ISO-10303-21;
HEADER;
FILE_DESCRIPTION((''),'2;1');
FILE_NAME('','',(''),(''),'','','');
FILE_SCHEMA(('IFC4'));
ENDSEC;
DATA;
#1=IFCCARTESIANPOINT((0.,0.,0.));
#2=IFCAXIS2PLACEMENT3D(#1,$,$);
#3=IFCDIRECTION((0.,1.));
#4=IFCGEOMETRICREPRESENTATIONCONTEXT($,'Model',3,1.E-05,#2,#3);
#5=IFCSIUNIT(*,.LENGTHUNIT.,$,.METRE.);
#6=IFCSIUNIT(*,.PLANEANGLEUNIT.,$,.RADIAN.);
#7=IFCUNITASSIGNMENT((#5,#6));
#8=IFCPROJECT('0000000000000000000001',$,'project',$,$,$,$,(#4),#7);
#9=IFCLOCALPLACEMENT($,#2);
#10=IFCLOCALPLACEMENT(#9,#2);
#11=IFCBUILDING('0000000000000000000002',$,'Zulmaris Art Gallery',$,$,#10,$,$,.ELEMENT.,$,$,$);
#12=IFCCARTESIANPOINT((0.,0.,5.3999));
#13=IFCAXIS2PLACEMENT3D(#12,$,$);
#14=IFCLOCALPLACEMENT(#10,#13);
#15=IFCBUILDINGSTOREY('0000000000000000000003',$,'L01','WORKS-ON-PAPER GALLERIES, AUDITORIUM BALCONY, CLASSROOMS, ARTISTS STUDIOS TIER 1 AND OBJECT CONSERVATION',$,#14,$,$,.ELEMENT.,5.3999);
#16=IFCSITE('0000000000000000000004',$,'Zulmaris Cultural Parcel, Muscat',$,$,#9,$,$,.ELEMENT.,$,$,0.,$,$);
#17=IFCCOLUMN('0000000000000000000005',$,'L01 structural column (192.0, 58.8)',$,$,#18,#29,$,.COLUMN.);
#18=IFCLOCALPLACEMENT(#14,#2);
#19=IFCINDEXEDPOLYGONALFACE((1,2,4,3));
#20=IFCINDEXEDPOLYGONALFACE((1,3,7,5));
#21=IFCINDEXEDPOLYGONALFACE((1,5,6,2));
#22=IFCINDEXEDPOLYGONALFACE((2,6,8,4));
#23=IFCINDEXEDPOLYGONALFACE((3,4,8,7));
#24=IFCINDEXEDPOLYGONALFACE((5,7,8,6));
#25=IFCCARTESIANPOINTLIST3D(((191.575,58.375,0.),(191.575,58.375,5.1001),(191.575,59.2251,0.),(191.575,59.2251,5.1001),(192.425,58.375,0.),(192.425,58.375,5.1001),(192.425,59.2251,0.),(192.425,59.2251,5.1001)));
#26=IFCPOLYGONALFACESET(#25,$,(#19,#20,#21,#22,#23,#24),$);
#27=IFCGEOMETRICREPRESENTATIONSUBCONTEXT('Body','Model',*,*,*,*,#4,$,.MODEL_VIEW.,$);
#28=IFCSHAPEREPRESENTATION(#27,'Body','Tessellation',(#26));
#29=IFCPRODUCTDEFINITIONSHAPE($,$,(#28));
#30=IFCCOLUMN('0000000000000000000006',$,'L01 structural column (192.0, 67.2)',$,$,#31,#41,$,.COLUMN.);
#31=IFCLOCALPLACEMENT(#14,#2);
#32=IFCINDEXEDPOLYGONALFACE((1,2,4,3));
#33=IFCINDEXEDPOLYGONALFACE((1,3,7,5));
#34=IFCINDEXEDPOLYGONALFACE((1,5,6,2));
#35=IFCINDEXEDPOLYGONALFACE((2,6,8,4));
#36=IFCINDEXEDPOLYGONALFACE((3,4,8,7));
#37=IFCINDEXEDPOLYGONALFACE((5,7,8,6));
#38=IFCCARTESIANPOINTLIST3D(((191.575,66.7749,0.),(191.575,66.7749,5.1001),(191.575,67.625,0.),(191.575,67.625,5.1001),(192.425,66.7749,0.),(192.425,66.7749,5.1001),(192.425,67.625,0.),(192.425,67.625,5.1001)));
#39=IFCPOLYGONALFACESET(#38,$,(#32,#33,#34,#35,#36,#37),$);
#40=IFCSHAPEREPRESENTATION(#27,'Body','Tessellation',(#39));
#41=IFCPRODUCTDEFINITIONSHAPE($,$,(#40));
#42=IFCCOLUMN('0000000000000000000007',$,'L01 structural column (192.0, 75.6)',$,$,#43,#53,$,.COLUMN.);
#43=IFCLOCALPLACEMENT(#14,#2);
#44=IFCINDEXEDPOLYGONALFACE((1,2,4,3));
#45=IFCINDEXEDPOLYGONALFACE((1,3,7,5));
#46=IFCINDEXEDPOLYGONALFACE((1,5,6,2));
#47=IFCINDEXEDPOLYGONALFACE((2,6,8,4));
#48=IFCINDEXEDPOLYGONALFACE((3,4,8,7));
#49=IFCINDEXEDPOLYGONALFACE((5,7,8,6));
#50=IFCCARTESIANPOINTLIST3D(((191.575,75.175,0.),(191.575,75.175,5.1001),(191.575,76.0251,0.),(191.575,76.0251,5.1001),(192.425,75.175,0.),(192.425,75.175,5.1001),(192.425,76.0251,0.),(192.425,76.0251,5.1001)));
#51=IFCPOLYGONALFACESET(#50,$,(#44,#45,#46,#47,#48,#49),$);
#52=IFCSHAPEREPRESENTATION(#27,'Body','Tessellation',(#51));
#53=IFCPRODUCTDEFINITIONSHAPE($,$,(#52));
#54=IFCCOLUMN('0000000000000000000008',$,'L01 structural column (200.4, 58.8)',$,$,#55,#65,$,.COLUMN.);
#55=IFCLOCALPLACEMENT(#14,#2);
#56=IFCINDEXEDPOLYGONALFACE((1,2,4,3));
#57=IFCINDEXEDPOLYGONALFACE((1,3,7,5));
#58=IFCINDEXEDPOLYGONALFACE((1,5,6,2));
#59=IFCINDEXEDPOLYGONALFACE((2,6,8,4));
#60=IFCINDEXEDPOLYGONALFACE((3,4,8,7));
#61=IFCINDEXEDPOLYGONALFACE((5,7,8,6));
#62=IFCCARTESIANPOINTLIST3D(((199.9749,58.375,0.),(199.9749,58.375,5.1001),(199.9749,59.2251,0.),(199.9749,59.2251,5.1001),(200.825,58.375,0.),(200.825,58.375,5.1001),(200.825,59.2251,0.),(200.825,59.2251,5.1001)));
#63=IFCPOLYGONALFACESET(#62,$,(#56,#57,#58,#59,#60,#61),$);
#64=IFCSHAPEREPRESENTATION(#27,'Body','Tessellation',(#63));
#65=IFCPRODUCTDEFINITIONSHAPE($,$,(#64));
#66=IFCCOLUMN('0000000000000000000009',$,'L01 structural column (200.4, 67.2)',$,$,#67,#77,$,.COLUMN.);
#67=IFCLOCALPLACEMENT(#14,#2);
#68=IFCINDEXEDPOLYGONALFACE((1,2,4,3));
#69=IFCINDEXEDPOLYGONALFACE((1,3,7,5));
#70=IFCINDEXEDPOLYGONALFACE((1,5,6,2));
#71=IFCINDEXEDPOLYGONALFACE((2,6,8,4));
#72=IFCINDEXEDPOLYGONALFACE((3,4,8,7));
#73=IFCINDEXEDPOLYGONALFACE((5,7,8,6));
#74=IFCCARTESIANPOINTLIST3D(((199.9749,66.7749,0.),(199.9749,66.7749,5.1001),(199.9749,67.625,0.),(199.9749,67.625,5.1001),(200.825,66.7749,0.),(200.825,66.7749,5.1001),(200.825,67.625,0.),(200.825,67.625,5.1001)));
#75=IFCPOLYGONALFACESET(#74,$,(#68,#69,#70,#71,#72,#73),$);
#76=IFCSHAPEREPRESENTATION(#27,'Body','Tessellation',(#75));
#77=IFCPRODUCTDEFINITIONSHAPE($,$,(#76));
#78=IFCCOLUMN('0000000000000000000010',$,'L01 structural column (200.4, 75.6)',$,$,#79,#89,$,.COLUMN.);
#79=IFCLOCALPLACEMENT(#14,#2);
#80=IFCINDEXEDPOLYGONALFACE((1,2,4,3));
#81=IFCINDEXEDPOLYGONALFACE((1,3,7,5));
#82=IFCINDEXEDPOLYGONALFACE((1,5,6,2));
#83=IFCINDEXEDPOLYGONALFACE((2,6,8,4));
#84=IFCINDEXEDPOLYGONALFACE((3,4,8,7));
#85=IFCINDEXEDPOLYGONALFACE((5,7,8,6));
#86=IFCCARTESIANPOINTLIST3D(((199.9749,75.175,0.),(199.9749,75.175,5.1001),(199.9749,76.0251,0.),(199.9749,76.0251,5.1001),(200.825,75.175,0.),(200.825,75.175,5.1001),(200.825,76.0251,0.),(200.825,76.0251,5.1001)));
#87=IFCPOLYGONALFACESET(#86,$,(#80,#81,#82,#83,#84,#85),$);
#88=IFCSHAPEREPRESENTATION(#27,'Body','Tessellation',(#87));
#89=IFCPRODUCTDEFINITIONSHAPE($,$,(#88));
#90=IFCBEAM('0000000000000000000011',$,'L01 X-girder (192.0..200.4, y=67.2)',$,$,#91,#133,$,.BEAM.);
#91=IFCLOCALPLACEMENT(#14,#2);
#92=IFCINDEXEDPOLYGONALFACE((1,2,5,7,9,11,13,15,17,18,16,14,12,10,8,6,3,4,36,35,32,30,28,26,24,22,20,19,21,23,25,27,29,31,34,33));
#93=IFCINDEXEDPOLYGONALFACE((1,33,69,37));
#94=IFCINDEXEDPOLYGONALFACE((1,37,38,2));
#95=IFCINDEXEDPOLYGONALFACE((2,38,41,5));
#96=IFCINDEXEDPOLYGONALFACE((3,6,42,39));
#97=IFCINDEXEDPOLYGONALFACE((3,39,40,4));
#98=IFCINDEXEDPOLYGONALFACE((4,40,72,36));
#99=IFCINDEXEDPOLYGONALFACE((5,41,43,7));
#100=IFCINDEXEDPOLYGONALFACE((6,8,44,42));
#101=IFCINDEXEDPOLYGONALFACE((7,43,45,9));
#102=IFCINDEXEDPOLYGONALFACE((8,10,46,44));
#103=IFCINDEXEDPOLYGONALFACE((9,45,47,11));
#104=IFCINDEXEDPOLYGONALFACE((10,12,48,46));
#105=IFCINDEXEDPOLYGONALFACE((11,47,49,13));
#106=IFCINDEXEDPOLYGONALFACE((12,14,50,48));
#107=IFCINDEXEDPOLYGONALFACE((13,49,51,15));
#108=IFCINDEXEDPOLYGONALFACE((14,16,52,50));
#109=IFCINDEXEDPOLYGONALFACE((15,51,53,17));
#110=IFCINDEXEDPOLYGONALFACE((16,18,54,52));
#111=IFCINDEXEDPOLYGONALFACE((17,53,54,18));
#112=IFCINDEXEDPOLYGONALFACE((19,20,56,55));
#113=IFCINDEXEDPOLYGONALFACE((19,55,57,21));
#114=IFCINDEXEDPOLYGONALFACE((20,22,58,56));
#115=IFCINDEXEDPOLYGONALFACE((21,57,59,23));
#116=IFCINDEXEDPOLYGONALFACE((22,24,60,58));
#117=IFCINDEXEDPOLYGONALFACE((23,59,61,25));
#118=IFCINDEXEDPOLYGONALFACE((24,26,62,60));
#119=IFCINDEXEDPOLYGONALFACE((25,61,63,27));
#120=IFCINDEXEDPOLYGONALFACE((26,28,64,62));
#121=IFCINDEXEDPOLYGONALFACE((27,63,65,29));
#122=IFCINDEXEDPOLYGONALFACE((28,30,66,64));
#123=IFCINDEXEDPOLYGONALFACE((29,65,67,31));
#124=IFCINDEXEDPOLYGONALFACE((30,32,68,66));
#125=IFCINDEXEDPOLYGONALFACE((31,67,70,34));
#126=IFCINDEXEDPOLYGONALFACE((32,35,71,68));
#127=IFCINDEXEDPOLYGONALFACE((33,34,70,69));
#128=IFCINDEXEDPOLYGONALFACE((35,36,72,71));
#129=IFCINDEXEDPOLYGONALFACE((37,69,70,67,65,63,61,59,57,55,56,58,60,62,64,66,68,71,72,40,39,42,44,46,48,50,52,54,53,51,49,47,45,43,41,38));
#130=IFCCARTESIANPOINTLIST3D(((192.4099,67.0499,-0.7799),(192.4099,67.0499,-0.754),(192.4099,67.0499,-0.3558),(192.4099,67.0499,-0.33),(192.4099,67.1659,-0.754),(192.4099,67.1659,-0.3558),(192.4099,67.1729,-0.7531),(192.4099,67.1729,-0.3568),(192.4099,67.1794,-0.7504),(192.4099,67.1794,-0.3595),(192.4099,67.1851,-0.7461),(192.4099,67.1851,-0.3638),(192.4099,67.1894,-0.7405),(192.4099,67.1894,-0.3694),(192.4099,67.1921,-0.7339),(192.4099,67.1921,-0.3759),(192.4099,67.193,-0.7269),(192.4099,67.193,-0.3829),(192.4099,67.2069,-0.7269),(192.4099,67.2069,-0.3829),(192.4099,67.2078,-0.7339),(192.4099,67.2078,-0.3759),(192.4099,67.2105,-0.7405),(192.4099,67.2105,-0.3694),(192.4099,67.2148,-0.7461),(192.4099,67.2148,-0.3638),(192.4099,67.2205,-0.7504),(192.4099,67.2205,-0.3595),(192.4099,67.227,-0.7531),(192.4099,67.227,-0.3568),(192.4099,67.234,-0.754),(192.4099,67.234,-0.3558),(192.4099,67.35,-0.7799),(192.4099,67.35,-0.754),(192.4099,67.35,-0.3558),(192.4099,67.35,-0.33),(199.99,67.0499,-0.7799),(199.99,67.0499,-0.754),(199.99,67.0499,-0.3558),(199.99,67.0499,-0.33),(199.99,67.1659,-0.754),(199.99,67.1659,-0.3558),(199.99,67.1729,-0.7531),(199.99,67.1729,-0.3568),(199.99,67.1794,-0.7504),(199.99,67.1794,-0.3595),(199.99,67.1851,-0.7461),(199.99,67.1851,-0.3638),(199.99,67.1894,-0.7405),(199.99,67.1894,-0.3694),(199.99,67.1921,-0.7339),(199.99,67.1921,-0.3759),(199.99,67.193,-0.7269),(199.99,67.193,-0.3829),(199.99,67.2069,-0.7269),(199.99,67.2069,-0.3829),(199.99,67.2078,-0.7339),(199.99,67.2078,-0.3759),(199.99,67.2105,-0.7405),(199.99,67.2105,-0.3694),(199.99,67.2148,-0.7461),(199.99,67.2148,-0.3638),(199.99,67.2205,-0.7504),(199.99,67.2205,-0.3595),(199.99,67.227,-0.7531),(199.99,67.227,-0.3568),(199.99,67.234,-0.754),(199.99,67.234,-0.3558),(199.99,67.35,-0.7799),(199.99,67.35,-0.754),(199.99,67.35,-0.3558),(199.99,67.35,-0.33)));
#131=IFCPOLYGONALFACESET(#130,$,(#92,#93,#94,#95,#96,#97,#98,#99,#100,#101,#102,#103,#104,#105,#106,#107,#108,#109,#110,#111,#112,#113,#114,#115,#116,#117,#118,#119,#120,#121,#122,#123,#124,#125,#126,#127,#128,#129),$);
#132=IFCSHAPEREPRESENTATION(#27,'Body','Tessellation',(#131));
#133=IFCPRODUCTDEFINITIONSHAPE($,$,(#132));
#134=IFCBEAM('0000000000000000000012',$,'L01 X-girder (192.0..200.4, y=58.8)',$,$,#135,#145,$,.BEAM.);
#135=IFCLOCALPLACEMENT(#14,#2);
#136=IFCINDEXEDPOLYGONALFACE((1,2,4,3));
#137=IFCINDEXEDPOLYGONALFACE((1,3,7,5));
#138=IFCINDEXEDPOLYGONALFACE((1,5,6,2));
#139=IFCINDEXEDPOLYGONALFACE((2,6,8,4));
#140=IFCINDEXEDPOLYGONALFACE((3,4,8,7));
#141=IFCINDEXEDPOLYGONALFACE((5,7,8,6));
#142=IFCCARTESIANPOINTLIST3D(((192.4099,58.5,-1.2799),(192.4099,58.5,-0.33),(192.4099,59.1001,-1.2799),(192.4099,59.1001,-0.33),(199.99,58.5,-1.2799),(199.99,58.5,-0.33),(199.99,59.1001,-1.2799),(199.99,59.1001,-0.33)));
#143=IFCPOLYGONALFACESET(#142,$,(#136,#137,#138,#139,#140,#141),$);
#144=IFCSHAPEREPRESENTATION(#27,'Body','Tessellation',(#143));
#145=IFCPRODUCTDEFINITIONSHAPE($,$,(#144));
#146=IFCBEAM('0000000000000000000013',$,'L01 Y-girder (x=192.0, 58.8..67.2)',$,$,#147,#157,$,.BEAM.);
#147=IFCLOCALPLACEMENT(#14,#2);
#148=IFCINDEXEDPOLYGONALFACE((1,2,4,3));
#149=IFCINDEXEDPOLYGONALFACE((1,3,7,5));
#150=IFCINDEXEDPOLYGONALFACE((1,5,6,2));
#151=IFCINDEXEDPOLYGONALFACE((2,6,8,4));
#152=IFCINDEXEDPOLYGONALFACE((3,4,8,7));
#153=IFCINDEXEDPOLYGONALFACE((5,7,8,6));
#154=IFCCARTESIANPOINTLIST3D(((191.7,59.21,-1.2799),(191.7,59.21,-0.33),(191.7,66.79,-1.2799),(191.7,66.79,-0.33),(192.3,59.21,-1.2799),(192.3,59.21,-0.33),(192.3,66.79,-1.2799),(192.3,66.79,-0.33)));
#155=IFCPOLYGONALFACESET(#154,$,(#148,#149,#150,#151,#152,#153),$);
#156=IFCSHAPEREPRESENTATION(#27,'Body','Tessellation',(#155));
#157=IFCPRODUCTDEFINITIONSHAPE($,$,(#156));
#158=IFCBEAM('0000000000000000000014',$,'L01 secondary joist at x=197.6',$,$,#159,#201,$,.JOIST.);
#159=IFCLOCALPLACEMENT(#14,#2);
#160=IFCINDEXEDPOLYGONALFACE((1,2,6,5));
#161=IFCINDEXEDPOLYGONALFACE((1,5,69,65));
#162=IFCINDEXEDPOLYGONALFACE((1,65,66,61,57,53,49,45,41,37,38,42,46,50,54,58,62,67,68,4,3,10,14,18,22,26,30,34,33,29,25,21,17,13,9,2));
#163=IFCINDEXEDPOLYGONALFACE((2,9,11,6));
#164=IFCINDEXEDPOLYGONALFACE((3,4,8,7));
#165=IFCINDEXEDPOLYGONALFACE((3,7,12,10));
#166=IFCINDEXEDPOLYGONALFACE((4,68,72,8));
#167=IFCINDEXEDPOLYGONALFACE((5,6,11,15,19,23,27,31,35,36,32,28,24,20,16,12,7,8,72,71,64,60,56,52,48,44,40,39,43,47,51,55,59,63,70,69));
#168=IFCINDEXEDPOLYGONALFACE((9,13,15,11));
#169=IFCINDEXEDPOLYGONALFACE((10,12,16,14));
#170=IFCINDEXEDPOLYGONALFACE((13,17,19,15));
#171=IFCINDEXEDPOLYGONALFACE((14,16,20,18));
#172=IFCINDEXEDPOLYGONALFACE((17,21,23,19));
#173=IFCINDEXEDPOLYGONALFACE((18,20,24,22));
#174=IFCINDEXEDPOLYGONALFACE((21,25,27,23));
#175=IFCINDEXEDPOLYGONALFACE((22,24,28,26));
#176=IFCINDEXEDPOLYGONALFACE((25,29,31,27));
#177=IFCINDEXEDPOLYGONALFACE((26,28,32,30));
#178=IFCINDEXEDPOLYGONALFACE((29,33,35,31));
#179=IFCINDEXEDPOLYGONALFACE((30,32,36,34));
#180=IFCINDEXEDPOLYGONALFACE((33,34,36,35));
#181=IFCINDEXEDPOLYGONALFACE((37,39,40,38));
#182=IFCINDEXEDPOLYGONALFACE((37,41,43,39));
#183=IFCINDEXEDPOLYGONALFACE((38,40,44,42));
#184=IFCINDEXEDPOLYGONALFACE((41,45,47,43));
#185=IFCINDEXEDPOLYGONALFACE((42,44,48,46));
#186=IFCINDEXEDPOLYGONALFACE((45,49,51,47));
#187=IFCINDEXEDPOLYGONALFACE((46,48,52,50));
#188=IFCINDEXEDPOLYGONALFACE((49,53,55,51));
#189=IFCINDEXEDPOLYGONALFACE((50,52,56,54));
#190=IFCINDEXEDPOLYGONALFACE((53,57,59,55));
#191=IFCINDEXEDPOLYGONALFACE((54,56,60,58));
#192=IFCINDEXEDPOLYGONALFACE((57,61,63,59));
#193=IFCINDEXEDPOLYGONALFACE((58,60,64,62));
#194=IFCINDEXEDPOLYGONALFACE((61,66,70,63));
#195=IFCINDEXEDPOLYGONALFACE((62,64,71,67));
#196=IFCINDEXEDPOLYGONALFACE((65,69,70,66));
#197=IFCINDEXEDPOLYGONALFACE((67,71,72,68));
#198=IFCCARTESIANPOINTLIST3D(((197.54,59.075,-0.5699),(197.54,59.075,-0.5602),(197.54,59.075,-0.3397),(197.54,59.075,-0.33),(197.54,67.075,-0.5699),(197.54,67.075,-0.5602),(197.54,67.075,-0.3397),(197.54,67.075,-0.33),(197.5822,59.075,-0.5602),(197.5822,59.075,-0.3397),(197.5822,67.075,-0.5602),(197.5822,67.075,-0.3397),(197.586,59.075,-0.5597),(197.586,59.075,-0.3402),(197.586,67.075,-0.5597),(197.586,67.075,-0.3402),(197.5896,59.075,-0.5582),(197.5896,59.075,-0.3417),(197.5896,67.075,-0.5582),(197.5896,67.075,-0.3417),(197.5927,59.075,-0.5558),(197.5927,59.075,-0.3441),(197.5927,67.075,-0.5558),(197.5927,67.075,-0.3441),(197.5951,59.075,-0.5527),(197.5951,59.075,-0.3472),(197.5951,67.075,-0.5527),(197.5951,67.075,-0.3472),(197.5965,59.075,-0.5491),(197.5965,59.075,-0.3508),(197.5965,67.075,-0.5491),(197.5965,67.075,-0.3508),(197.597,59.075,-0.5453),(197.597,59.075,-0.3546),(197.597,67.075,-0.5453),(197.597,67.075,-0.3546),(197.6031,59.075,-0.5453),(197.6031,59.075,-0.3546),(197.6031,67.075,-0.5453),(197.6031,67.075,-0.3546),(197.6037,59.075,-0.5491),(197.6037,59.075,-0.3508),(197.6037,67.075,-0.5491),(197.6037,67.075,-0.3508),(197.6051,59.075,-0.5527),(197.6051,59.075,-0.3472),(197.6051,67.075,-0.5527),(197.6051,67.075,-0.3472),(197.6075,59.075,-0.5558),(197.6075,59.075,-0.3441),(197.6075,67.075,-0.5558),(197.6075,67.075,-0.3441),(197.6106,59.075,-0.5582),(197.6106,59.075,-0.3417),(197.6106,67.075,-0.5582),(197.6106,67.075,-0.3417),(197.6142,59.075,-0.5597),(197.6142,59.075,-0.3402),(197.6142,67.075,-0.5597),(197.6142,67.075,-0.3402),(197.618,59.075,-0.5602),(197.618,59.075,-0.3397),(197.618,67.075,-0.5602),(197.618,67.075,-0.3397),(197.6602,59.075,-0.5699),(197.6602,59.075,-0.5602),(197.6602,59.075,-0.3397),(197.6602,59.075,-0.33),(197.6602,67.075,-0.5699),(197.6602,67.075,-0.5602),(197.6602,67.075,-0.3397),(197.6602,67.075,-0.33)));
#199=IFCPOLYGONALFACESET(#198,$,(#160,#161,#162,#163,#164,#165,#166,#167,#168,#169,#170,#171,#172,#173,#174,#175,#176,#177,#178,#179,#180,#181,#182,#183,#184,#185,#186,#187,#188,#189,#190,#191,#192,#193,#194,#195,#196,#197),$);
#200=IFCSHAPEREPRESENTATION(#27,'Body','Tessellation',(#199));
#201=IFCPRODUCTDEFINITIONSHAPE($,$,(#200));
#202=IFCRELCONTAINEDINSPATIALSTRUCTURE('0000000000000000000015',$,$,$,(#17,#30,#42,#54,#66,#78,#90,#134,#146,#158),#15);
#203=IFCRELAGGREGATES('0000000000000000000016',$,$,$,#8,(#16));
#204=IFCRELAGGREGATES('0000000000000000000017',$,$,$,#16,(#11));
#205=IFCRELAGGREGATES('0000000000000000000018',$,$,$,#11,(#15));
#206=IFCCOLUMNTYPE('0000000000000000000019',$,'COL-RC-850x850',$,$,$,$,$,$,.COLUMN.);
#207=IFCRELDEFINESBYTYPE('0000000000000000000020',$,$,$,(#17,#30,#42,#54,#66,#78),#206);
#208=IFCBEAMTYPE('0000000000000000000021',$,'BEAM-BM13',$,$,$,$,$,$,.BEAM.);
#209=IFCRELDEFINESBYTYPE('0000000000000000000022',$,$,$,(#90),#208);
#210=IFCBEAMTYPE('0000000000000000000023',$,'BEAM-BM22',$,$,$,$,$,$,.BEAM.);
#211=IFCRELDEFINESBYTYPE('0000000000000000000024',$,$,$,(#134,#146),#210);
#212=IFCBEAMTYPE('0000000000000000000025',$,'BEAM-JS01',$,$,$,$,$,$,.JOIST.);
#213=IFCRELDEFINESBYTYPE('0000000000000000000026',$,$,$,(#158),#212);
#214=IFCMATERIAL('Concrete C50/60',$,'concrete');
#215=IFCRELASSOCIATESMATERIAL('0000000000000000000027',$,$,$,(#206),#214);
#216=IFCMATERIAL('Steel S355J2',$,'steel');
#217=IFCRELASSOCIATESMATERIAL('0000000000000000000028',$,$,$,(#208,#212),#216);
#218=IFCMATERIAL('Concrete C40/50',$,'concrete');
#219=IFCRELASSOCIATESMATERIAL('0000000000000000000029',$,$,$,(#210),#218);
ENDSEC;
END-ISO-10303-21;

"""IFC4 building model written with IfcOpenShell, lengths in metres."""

from ifc_helpers import new_model, si_unit, direction, frame, origin, origin_2d, place, context, subcontext, project, spatial, rectangle, i_section, extrude, material, material_profile, profile_set, type_object, element, save


model = new_model("IFC4")

# Units and contexts
model_context = context("Model", 3, precision=1e-05, world=origin(), true_north=direction((0.0, 1.0)))
body_context = subcontext(model_context, "Body", "Model", "MODEL_VIEW")
ifc_project = project(units=[si_unit("LENGTHUNIT", "METRE"), si_unit("PLANEANGLEUNIT", "RADIAN")], contexts=[model_context])

# Site, building, storey
site_placement = place(None, origin())
site = spatial("IfcSite", under=ifc_project, at=site_placement, Name="Zulmaris Cultural Parcel, Muscat", CompositionType="ELEMENT", RefElevation=0.0)
building_placement = place(site_placement, origin())
building = spatial("IfcBuilding", under=site, at=building_placement, Name="Zulmaris Art Gallery", CompositionType="ELEMENT")
storey_placement = place(building_placement, frame((0.0, 0.0, 5.3999)))
storey = spatial("IfcBuildingStorey", under=building, at=storey_placement, Name="L01", Description="WORKS-ON-PAPER GALLERIES, AUDITORIUM BALCONY, CLASSROOMS, ARTISTS STUDIOS TIER 1 AND OBJECT CONSERVATION", CompositionType="ELEMENT", Elevation=5.3999)

# Columns
ifc_material_1 = material(Name="Concrete C50/60", Category="concrete")
ifc_material_profile_1 = material_profile(ifc_material_1, rectangle(XDim=0.8501, YDim=0.8501, at=origin_2d()), Name="RC 850x850")
ifc_profile_set_1 = profile_set([ifc_material_profile_1], Name="Concrete C50/60")
column_type = type_object("IfcColumnType", Name="COL-RC-850x850", PredefinedType="COLUMN", material=ifc_profile_set_1)
for number, where, z_axis, x_axis, name in (
    (1, (192.0, 58.8, 0.0), (0.0, 0.0, 1.0), (1.0, 0.0, 0.0), "L01 structural column (192.0, 58.8)"),
    (2, (192.0, 67.2, 0.0), (0.0, 0.0, 1.0), (1.0, 0.0, 0.0), "L01 structural column (192.0, 67.2)"),
    (3, (192.0, 75.6001, 0.0), (0.0, 0.0, 1.0), (1.0, 0.0, 0.0), "L01 structural column (192.0, 75.6)"),
    (4, (200.3999, 58.8, 0.0), (0.0, 0.0, 1.0), (1.0, 0.0, 0.0), "L01 structural column (200.4, 58.8)"),
    (5, (200.3999, 67.2, 0.0), (0.0, 0.0, 1.0), (1.0, 0.0, 0.0), "L01 structural column (200.4, 67.2)"),
    (6, (200.3999, 75.6001, 0.0), (0.0, 0.0, 1.0), (1.0, 0.0, 0.0), "L01 structural column (200.4, 75.6)"),
):
    element("IfcColumn", number, at=place(storey_placement, frame(where, z_axis=z_axis, x_axis=x_axis)), inside=storey, type_object=column_type, Name=name, PredefinedType="COLUMN", context=body_context, shape_type="SweptSolid", body=[
        extrude(rectangle(XDim=0.8501, YDim=0.8501, at=origin_2d()), origin(), (0.0, 0.0, 1.0), 5.1001),
    ])

# Beams
ifc_material_2 = material(Name="Steel S355J2", Category="steel")
ifc_material_profile_2 = material_profile(ifc_material_2, i_section(OverallWidth=0.3, OverallDepth=0.45, WebThickness=0.0139, FlangeThickness=0.0259, FilletRadius=0.0271, at=origin_2d()), Name="HEB 450")
ifc_profile_set_2 = profile_set([ifc_material_profile_2], Name="Steel S355J2")
beam_type_1 = type_object("IfcBeamType", Name="BEAM-BM13", PredefinedType="BEAM", material=ifc_profile_set_2)
beam_1_placement = place(storey_placement, frame((192.4099, 67.2, -0.5549), z_axis=(1.0, 0.0, 0.0), x_axis=(0.0, 1.0, 0.0)))
element("IfcBeam", 7, at=beam_1_placement, inside=storey, type_object=beam_type_1, Name="L01 X-girder (192.0..200.4, y=67.2)", PredefinedType="BEAM", context=body_context, shape_type="SweptSolid", body=[
    extrude(i_section(OverallWidth=0.3, OverallDepth=0.45, WebThickness=0.0139, FlangeThickness=0.0259, FilletRadius=0.0271, at=origin_2d()), origin(), (0.0, 0.0, 1.0), 7.5801),
])
ifc_material_3 = material(Name="Concrete C40/50", Category="concrete")
ifc_material_profile_3 = material_profile(ifc_material_3, rectangle(XDim=0.6001, YDim=0.95, at=origin_2d()), Name="RC 600x950")
ifc_profile_set_3 = profile_set([ifc_material_profile_3], Name="Concrete C40/50")
beam_type_2 = type_object("IfcBeamType", Name="BEAM-BM22", PredefinedType="BEAM", material=ifc_profile_set_3)
for number, where, z_axis, x_axis, name in (
    (8, (192.4099, 58.8, -0.8049), (1.0, 0.0, 0.0), (0.0, 1.0, 0.0), "L01 X-girder (192.0..200.4, y=58.8)"),
    (9, (192.0, 59.21, -0.8049), (0.0, 1.0, 0.0), (-1.0, 0.0, 0.0), "L01 Y-girder (x=192.0, 58.8..67.2)"),
):
    element("IfcBeam", number, at=place(storey_placement, frame(where, z_axis=z_axis, x_axis=x_axis)), inside=storey, type_object=beam_type_2, Name=name, PredefinedType="BEAM", context=body_context, shape_type="SweptSolid", body=[
        extrude(rectangle(XDim=0.6001, YDim=0.95, at=origin_2d()), origin(), (0.0, 0.0, 1.0), 7.5801),
    ])
ifc_material_profile_4 = material_profile(ifc_material_2, i_section(OverallWidth=0.1201, OverallDepth=0.24, WebThickness=0.0061, FlangeThickness=0.0098, FilletRadius=0.0149, at=origin_2d()), Name="IPE 240")
ifc_profile_set_4 = profile_set([ifc_material_profile_4], Name="Steel S355J2")
beam_type_3 = type_object("IfcBeamType", Name="BEAM-JS01", PredefinedType="JOIST", material=ifc_profile_set_4)
beam_2_placement = place(storey_placement, frame((197.6001, 59.075, -0.45), z_axis=(0.0, 1.0, 0.0), x_axis=(-1.0, 0.0, 0.0)))
element("IfcBeam", 10, at=beam_2_placement, inside=storey, type_object=beam_type_3, Name="L01 secondary joist at x=197.6", PredefinedType="JOIST", context=body_context, shape_type="SweptSolid", body=[
    extrude(i_section(OverallWidth=0.1201, OverallDepth=0.24, WebThickness=0.0061, FlangeThickness=0.0098, FilletRadius=0.0149, at=origin_2d()), origin(), (0.0, 0.0, 1.0), 8.0),
])

save(model, "model.ifc")
